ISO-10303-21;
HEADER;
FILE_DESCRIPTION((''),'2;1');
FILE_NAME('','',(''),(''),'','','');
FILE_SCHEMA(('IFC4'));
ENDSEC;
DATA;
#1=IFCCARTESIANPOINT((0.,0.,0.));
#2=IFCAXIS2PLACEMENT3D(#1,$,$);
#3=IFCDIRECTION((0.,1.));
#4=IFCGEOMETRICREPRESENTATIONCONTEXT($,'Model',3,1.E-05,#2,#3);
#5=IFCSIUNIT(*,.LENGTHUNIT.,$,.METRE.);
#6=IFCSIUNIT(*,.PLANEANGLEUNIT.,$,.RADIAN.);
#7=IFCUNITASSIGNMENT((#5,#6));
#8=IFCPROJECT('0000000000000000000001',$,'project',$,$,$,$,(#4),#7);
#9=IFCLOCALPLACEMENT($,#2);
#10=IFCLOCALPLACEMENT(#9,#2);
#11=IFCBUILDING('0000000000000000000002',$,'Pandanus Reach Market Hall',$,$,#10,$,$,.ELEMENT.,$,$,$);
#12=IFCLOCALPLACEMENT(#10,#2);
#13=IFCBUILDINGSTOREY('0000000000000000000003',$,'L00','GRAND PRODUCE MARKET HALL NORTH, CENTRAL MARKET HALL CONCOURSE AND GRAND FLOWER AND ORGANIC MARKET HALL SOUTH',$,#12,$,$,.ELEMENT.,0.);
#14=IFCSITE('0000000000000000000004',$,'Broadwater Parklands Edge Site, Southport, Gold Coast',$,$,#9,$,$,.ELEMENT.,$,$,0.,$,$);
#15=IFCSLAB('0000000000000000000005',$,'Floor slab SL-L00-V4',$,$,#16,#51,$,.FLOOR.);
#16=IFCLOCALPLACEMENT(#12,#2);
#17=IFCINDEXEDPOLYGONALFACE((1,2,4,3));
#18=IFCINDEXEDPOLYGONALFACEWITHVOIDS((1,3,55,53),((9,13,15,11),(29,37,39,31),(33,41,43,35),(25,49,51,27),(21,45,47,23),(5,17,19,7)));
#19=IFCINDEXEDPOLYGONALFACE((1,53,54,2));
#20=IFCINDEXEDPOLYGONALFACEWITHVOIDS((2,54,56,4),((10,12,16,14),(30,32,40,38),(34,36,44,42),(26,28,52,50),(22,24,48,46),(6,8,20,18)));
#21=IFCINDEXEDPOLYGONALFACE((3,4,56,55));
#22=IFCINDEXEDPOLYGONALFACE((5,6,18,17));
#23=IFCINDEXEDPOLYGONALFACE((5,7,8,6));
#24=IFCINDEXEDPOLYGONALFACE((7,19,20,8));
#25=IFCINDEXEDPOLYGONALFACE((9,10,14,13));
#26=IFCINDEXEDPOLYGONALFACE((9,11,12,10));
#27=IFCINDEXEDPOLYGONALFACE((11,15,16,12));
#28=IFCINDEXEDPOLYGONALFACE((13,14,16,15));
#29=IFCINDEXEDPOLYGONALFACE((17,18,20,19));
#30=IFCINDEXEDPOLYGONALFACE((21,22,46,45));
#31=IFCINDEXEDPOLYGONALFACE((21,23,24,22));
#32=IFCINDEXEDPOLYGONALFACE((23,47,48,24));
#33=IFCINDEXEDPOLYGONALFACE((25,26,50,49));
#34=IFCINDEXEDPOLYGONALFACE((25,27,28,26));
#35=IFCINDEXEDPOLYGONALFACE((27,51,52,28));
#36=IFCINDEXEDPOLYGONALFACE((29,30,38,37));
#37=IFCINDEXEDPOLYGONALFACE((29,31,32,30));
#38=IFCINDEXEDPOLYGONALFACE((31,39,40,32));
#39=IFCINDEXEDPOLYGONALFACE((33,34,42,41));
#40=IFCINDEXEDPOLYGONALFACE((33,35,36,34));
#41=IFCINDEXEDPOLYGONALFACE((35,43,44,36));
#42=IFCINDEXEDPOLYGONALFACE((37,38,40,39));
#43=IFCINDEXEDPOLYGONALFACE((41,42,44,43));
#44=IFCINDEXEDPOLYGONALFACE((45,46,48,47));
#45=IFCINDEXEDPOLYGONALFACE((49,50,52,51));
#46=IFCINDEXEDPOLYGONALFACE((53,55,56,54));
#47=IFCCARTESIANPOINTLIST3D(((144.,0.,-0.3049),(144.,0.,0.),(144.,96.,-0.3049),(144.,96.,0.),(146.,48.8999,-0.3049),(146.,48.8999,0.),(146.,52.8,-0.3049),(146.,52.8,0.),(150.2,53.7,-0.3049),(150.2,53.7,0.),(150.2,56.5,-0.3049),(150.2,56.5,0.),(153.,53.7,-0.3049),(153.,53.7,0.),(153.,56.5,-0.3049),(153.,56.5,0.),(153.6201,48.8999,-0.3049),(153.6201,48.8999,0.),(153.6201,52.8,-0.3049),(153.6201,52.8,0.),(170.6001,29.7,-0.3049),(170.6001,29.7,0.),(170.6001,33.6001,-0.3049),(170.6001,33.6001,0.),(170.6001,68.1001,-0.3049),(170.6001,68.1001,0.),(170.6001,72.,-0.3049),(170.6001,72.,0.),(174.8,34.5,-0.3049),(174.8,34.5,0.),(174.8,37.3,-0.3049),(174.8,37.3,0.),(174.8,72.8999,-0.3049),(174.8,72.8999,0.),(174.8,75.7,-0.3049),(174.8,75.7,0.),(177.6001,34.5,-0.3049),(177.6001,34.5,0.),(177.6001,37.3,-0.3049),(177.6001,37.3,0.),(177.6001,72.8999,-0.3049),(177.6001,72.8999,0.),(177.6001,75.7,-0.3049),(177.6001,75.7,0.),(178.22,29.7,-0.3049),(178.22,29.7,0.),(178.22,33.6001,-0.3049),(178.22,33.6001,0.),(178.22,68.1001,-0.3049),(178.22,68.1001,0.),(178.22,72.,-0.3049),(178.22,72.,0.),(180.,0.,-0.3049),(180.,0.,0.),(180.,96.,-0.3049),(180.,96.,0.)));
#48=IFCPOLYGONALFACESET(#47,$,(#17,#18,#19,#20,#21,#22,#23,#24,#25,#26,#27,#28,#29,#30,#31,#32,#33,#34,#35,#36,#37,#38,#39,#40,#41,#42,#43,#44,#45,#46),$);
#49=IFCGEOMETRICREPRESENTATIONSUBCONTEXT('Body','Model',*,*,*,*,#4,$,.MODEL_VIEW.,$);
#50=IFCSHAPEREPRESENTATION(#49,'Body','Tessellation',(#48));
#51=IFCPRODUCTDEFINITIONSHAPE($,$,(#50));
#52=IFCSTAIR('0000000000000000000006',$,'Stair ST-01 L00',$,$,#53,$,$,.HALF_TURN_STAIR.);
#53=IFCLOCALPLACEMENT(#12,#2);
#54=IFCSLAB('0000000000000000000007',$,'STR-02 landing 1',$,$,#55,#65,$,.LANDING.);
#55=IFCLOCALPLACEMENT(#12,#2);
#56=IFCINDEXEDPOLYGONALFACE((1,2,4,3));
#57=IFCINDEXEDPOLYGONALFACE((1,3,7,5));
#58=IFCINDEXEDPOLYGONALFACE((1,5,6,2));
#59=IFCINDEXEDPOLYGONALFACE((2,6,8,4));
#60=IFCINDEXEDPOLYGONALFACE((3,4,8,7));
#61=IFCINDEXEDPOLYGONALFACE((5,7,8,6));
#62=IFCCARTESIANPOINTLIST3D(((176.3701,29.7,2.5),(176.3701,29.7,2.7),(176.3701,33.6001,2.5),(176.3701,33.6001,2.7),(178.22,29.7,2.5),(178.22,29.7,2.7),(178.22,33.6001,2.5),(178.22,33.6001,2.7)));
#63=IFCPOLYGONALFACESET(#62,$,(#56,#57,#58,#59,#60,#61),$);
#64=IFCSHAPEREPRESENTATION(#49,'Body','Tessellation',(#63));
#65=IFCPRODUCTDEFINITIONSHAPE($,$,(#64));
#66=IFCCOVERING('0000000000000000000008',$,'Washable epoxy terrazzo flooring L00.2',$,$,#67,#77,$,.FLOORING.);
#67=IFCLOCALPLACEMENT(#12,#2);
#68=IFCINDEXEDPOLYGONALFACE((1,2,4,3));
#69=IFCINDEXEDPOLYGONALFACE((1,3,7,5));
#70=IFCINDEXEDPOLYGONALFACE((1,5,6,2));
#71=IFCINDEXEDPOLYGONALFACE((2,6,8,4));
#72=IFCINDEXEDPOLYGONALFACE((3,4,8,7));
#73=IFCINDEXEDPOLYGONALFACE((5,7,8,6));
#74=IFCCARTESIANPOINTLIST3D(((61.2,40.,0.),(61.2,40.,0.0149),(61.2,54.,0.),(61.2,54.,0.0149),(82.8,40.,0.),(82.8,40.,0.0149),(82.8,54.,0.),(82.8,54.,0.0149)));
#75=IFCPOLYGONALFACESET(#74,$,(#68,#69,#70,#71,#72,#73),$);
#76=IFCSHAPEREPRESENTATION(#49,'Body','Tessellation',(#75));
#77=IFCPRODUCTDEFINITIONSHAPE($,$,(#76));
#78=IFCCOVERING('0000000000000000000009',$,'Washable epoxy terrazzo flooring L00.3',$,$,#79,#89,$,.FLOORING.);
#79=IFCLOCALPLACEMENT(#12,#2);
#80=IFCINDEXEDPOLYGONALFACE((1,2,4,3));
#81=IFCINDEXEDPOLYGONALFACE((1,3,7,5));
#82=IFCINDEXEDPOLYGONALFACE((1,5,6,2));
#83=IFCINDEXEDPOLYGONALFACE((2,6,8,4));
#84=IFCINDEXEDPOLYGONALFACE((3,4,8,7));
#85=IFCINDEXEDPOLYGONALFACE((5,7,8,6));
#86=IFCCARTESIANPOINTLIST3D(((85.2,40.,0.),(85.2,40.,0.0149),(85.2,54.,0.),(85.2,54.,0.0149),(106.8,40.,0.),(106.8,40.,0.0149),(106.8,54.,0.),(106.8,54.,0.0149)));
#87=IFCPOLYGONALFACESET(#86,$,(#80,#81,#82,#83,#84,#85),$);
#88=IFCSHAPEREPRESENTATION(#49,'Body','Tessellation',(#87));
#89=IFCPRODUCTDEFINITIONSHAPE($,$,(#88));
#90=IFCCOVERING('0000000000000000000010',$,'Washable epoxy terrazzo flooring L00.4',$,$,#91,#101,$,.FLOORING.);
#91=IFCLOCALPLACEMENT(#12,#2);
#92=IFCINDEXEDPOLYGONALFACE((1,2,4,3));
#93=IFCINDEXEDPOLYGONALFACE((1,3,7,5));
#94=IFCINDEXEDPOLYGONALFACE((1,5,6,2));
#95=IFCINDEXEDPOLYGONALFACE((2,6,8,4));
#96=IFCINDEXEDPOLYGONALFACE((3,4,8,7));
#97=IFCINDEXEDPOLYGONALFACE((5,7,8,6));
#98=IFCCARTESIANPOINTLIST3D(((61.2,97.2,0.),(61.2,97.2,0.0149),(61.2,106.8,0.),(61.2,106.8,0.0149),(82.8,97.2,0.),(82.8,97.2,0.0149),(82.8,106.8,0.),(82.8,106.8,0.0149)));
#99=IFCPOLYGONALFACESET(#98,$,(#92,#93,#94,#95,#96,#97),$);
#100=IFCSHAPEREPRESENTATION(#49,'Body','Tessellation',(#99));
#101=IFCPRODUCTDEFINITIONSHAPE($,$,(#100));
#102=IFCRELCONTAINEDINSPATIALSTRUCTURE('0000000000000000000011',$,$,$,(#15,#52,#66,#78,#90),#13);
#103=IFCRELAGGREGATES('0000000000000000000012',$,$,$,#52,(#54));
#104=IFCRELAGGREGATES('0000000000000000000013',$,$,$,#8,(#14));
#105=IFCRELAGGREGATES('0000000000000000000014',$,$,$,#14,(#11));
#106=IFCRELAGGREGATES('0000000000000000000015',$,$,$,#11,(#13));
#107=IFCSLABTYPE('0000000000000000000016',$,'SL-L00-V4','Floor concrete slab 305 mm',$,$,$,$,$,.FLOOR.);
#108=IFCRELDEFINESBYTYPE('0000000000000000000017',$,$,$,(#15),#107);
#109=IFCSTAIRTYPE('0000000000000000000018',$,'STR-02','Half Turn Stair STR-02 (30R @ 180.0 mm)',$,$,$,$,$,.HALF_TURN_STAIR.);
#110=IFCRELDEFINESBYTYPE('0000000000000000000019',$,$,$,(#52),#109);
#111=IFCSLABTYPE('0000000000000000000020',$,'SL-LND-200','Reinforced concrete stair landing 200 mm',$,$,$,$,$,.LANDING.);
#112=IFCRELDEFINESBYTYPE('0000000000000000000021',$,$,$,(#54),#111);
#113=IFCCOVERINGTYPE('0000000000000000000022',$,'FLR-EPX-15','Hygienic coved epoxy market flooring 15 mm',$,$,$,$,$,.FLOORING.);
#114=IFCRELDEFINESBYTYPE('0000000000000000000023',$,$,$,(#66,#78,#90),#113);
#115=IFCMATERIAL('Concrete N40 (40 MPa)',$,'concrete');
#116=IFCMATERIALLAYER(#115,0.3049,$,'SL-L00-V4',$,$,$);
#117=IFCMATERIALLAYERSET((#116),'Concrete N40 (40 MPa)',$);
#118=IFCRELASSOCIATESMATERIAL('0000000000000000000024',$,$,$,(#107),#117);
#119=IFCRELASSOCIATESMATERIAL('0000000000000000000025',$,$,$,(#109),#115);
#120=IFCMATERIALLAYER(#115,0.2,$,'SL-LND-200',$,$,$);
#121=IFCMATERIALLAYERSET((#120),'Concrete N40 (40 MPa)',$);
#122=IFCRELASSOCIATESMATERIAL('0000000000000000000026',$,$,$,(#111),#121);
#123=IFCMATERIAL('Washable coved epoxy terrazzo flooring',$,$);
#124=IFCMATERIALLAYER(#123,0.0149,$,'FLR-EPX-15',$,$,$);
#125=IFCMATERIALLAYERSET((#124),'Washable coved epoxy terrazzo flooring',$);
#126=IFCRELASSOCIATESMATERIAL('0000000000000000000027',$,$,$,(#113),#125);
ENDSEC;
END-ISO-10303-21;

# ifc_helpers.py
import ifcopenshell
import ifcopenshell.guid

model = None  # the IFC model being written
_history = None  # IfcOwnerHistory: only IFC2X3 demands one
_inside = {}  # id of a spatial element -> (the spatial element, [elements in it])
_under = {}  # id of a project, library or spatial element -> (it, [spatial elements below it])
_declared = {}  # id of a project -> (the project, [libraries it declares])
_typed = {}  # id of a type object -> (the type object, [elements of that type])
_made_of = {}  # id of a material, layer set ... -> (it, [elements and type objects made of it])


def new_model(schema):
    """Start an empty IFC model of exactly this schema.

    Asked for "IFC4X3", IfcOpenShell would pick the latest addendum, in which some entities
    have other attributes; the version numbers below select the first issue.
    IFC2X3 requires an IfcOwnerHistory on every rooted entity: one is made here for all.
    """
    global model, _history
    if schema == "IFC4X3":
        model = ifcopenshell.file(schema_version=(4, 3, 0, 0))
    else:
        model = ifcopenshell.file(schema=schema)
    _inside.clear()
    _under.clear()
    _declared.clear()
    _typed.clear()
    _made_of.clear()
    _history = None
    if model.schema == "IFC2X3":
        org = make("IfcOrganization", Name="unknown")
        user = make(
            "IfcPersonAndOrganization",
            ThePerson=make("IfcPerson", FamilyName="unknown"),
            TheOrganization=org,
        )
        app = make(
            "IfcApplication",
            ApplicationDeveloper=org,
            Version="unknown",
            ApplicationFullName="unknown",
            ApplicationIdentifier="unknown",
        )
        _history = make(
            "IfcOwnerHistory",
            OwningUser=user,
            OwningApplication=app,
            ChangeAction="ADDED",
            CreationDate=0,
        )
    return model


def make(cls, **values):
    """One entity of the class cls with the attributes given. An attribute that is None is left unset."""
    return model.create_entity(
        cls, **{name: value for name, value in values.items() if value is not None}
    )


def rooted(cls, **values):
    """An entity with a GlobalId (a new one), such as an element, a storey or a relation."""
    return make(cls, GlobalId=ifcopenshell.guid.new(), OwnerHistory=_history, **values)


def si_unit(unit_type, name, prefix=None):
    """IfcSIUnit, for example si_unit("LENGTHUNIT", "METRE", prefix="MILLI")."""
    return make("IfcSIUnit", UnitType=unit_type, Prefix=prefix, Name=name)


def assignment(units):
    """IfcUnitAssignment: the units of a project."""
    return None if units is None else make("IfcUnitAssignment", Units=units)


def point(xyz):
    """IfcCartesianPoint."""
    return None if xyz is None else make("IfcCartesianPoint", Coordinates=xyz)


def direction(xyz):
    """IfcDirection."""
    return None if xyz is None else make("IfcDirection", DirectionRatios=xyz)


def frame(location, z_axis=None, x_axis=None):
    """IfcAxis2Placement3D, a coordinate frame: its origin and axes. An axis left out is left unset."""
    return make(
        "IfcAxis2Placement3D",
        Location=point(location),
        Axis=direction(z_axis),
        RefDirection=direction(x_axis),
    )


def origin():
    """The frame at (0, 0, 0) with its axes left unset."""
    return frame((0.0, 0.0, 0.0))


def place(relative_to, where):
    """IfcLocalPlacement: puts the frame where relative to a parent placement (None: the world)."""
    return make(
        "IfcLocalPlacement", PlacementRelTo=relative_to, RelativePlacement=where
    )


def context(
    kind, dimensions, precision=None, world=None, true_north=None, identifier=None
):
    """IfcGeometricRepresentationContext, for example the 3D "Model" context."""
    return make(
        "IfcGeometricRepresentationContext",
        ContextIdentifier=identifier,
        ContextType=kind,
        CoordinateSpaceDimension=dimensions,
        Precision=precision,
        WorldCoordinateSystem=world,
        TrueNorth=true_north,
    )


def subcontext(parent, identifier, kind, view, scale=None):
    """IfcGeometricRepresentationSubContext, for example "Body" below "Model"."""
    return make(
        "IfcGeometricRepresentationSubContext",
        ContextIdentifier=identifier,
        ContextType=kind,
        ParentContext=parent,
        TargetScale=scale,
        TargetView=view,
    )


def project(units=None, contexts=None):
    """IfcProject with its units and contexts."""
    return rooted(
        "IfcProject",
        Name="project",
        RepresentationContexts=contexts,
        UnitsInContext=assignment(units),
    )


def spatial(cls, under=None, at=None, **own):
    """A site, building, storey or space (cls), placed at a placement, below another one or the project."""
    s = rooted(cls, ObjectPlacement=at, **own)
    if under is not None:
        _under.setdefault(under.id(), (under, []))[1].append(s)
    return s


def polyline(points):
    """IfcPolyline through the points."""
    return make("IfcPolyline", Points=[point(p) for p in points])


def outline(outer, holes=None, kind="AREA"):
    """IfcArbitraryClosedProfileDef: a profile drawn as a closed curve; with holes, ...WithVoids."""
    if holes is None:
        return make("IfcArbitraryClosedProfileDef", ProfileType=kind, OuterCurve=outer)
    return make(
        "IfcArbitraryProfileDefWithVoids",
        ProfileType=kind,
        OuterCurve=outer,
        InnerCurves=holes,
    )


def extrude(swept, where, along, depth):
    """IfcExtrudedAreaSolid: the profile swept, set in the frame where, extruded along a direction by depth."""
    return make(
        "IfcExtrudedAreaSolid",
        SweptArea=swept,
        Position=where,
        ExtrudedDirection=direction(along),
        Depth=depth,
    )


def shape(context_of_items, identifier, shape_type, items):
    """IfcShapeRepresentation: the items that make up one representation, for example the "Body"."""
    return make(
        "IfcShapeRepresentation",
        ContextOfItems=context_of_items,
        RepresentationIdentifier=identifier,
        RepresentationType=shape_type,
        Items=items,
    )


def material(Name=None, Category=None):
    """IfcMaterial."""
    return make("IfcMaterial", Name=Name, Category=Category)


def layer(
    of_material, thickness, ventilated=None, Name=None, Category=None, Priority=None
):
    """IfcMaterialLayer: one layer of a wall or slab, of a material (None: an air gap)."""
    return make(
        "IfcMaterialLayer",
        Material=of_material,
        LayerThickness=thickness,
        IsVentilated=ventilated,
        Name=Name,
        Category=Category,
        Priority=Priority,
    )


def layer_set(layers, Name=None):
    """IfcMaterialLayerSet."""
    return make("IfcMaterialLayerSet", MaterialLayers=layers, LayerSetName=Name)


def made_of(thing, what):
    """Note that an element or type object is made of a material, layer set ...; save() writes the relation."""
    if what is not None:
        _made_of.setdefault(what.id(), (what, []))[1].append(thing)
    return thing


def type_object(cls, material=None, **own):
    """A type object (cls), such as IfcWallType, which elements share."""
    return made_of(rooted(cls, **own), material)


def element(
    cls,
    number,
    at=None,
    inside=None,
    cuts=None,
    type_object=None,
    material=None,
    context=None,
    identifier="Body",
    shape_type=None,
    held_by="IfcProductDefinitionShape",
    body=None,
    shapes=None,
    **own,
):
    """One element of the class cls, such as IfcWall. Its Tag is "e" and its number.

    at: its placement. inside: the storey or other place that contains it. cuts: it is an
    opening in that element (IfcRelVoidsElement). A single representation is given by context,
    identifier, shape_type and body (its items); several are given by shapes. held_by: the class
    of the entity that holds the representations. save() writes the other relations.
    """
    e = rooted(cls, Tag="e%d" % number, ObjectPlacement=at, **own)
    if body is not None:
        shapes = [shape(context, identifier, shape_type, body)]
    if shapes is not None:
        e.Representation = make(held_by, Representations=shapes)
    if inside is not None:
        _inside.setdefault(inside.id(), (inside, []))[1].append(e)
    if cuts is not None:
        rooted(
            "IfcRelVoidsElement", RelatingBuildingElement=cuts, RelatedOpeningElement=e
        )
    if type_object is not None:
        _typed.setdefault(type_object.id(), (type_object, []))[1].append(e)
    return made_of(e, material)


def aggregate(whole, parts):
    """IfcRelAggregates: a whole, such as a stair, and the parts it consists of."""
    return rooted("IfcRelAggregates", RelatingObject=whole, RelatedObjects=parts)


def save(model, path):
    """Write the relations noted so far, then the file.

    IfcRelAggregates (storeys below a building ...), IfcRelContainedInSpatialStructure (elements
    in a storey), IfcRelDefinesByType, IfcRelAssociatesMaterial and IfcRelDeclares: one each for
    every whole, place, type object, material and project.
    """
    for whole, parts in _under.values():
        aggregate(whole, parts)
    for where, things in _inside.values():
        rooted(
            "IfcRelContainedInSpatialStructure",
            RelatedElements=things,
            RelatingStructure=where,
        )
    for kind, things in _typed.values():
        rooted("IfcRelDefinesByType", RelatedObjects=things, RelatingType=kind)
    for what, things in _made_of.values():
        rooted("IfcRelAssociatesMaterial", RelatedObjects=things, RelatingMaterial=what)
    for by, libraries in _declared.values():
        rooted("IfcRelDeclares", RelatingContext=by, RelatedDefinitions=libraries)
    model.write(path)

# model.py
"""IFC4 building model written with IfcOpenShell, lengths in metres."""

from ifc_helpers import new_model, si_unit, direction, frame, origin, place, context, subcontext, project, spatial, polyline, outline, extrude, material, layer, layer_set, type_object, element, aggregate, save


model = new_model("IFC4")

# Units and contexts
model_context = context("Model", 3, precision=1e-05, world=origin(), true_north=direction((0.0, 1.0)))
body_context = subcontext(model_context, "Body", "Model", "MODEL_VIEW")
ifc_project = project(units=[si_unit("LENGTHUNIT", "METRE"), si_unit("PLANEANGLEUNIT", "RADIAN")], contexts=[model_context])

# Site, building, storey
site_placement = place(None, origin())
site = spatial("IfcSite", under=ifc_project, at=site_placement, Name="Broadwater Parklands Edge Site, Southport, Gold Coast", CompositionType="ELEMENT", RefElevation=0.0)
building_placement = place(site_placement, origin())
building = spatial("IfcBuilding", under=site, at=building_placement, Name="Pandanus Reach Market Hall", CompositionType="ELEMENT")
storey_placement = place(building_placement, origin())
storey = spatial("IfcBuildingStorey", under=building, at=storey_placement, Name="L00", Description="GRAND PRODUCE MARKET HALL NORTH, CENTRAL MARKET HALL CONCOURSE AND GRAND FLOWER AND ORGANIC MARKET HALL SOUTH", CompositionType="ELEMENT", Elevation=0.0)

# Shared definitions
ifc_material_1 = material(Name="Concrete N40 (40 MPa)", Category="concrete")

# Slab
ifc_layer_1 = layer(ifc_material_1, 0.3049, Name="SL-L00-V4")
ifc_layer_set_1 = layer_set([ifc_layer_1], Name="Concrete N40 (40 MPa)")
slab_type_1 = type_object("IfcSlabType", Name="SL-L00-V4", Description="Floor concrete slab 305 mm", PredefinedType="FLOOR", material=ifc_layer_set_1)
slab_1_placement = place(storey_placement, frame((0.0, 0.0, -0.3049)))
element("IfcSlab", 1, at=slab_1_placement, inside=storey, type_object=slab_type_1, Name="Floor slab SL-L00-V4", PredefinedType="FLOOR", context=body_context, shape_type="SweptSolid", body=[
    extrude(outline(polyline([(144.0, 0.0), (180.0, 0.0), (180.0, 96.0), (144.0, 96.0), (144.0, 0.0)]), holes=[polyline([(170.6001, 29.7), (178.22, 29.7), (178.22, 33.6001), (170.6001, 33.6001), (170.6001, 29.7)]), polyline([(174.8, 34.5), (177.6001, 34.5), (177.6001, 37.3), (174.8, 37.3), (174.8, 34.5)]), polyline([(170.6001, 68.1001), (178.22, 68.1001), (178.22, 72.0), (170.6001, 72.0), (170.6001, 68.1001)]), polyline([(174.8, 72.8999), (177.6001, 72.8999), (177.6001, 75.7), (174.8, 75.7), (174.8, 72.8999)]), polyline([(146.0, 48.8999), (153.6201, 48.8999), (153.6201, 52.8), (146.0, 52.8), (146.0, 48.8999)]), polyline([(150.2, 53.7), (153.0, 53.7), (153.0, 56.5), (150.2, 56.5), (150.2, 53.7)])]), origin(), (0.0, 0.0, 1.0), 0.3049),
])

# Stair, slab
stair_type = type_object("IfcStairType", Name="STR-02", Description="Half Turn Stair STR-02 (30R @ 180.0 mm)", PredefinedType="HALF_TURN_STAIR", material=ifc_material_1)
stair_placement = place(storey_placement, origin())
stair = element("IfcStair", 2, at=stair_placement, inside=storey, type_object=stair_type, Name="Stair ST-01 L00", PredefinedType="HALF_TURN_STAIR")
ifc_layer_2 = layer(ifc_material_1, 0.2, Name="SL-LND-200")
ifc_layer_set_2 = layer_set([ifc_layer_2], Name="Concrete N40 (40 MPa)")
slab_type_2 = type_object("IfcSlabType", Name="SL-LND-200", Description="Reinforced concrete stair landing 200 mm", PredefinedType="LANDING", material=ifc_layer_set_2)
slab_2_placement = place(storey_placement, frame((0.0, 0.0, 2.5)))
slab_2 = element("IfcSlab", 3, at=slab_2_placement, type_object=slab_type_2, Name="STR-02 landing 1", PredefinedType="LANDING", context=body_context, shape_type="SweptSolid", body=[
    extrude(outline(polyline([(176.3701, 29.7), (178.22, 29.7), (178.22, 33.6001), (176.3701, 33.6001), (176.3701, 29.7)])), origin(), (0.0, 0.0, 1.0), 0.2),
])
aggregate(stair, [slab_2])

# Coverings
ifc_material_2 = material(Name="Washable coved epoxy terrazzo flooring")
ifc_layer_3 = layer(ifc_material_2, 0.0149, Name="FLR-EPX-15")
ifc_layer_set_3 = layer_set([ifc_layer_3], Name="Washable coved epoxy terrazzo flooring")
covering_type = type_object("IfcCoveringType", Name="FLR-EPX-15", Description="Hygienic coved epoxy market flooring 15 mm", PredefinedType="FLOORING", material=ifc_layer_set_3)
covering_1_placement = place(storey_placement, origin())
element("IfcCovering", 4, at=covering_1_placement, inside=storey, type_object=covering_type, Name="Washable epoxy terrazzo flooring L00.2", PredefinedType="FLOORING", context=body_context, shape_type="SweptSolid", body=[
    extrude(outline(polyline([(61.2, 40.0), (82.8, 40.0), (82.8, 54.0), (61.2, 54.0), (61.2, 40.0)])), origin(), (0.0, 0.0, 1.0), 0.0149),
])
covering_2_placement = place(storey_placement, origin())
element("IfcCovering", 5, at=covering_2_placement, inside=storey, type_object=covering_type, Name="Washable epoxy terrazzo flooring L00.3", PredefinedType="FLOORING", context=body_context, shape_type="SweptSolid", body=[
    extrude(outline(polyline([(85.2, 40.0), (106.8, 40.0), (106.8, 54.0), (85.2, 54.0), (85.2, 40.0)])), origin(), (0.0, 0.0, 1.0), 0.0149),
])
covering_3_placement = place(storey_placement, origin())
element("IfcCovering", 6, at=covering_3_placement, inside=storey, type_object=covering_type, Name="Washable epoxy terrazzo flooring L00.4", PredefinedType="FLOORING", context=body_context, shape_type="SweptSolid", body=[
    extrude(outline(polyline([(61.2, 97.2), (82.8, 97.2), (82.8, 106.8), (61.2, 106.8), (61.2, 97.2)])), origin(), (0.0, 0.0, 1.0), 0.0149),
])

save(model, "model.ifc")
